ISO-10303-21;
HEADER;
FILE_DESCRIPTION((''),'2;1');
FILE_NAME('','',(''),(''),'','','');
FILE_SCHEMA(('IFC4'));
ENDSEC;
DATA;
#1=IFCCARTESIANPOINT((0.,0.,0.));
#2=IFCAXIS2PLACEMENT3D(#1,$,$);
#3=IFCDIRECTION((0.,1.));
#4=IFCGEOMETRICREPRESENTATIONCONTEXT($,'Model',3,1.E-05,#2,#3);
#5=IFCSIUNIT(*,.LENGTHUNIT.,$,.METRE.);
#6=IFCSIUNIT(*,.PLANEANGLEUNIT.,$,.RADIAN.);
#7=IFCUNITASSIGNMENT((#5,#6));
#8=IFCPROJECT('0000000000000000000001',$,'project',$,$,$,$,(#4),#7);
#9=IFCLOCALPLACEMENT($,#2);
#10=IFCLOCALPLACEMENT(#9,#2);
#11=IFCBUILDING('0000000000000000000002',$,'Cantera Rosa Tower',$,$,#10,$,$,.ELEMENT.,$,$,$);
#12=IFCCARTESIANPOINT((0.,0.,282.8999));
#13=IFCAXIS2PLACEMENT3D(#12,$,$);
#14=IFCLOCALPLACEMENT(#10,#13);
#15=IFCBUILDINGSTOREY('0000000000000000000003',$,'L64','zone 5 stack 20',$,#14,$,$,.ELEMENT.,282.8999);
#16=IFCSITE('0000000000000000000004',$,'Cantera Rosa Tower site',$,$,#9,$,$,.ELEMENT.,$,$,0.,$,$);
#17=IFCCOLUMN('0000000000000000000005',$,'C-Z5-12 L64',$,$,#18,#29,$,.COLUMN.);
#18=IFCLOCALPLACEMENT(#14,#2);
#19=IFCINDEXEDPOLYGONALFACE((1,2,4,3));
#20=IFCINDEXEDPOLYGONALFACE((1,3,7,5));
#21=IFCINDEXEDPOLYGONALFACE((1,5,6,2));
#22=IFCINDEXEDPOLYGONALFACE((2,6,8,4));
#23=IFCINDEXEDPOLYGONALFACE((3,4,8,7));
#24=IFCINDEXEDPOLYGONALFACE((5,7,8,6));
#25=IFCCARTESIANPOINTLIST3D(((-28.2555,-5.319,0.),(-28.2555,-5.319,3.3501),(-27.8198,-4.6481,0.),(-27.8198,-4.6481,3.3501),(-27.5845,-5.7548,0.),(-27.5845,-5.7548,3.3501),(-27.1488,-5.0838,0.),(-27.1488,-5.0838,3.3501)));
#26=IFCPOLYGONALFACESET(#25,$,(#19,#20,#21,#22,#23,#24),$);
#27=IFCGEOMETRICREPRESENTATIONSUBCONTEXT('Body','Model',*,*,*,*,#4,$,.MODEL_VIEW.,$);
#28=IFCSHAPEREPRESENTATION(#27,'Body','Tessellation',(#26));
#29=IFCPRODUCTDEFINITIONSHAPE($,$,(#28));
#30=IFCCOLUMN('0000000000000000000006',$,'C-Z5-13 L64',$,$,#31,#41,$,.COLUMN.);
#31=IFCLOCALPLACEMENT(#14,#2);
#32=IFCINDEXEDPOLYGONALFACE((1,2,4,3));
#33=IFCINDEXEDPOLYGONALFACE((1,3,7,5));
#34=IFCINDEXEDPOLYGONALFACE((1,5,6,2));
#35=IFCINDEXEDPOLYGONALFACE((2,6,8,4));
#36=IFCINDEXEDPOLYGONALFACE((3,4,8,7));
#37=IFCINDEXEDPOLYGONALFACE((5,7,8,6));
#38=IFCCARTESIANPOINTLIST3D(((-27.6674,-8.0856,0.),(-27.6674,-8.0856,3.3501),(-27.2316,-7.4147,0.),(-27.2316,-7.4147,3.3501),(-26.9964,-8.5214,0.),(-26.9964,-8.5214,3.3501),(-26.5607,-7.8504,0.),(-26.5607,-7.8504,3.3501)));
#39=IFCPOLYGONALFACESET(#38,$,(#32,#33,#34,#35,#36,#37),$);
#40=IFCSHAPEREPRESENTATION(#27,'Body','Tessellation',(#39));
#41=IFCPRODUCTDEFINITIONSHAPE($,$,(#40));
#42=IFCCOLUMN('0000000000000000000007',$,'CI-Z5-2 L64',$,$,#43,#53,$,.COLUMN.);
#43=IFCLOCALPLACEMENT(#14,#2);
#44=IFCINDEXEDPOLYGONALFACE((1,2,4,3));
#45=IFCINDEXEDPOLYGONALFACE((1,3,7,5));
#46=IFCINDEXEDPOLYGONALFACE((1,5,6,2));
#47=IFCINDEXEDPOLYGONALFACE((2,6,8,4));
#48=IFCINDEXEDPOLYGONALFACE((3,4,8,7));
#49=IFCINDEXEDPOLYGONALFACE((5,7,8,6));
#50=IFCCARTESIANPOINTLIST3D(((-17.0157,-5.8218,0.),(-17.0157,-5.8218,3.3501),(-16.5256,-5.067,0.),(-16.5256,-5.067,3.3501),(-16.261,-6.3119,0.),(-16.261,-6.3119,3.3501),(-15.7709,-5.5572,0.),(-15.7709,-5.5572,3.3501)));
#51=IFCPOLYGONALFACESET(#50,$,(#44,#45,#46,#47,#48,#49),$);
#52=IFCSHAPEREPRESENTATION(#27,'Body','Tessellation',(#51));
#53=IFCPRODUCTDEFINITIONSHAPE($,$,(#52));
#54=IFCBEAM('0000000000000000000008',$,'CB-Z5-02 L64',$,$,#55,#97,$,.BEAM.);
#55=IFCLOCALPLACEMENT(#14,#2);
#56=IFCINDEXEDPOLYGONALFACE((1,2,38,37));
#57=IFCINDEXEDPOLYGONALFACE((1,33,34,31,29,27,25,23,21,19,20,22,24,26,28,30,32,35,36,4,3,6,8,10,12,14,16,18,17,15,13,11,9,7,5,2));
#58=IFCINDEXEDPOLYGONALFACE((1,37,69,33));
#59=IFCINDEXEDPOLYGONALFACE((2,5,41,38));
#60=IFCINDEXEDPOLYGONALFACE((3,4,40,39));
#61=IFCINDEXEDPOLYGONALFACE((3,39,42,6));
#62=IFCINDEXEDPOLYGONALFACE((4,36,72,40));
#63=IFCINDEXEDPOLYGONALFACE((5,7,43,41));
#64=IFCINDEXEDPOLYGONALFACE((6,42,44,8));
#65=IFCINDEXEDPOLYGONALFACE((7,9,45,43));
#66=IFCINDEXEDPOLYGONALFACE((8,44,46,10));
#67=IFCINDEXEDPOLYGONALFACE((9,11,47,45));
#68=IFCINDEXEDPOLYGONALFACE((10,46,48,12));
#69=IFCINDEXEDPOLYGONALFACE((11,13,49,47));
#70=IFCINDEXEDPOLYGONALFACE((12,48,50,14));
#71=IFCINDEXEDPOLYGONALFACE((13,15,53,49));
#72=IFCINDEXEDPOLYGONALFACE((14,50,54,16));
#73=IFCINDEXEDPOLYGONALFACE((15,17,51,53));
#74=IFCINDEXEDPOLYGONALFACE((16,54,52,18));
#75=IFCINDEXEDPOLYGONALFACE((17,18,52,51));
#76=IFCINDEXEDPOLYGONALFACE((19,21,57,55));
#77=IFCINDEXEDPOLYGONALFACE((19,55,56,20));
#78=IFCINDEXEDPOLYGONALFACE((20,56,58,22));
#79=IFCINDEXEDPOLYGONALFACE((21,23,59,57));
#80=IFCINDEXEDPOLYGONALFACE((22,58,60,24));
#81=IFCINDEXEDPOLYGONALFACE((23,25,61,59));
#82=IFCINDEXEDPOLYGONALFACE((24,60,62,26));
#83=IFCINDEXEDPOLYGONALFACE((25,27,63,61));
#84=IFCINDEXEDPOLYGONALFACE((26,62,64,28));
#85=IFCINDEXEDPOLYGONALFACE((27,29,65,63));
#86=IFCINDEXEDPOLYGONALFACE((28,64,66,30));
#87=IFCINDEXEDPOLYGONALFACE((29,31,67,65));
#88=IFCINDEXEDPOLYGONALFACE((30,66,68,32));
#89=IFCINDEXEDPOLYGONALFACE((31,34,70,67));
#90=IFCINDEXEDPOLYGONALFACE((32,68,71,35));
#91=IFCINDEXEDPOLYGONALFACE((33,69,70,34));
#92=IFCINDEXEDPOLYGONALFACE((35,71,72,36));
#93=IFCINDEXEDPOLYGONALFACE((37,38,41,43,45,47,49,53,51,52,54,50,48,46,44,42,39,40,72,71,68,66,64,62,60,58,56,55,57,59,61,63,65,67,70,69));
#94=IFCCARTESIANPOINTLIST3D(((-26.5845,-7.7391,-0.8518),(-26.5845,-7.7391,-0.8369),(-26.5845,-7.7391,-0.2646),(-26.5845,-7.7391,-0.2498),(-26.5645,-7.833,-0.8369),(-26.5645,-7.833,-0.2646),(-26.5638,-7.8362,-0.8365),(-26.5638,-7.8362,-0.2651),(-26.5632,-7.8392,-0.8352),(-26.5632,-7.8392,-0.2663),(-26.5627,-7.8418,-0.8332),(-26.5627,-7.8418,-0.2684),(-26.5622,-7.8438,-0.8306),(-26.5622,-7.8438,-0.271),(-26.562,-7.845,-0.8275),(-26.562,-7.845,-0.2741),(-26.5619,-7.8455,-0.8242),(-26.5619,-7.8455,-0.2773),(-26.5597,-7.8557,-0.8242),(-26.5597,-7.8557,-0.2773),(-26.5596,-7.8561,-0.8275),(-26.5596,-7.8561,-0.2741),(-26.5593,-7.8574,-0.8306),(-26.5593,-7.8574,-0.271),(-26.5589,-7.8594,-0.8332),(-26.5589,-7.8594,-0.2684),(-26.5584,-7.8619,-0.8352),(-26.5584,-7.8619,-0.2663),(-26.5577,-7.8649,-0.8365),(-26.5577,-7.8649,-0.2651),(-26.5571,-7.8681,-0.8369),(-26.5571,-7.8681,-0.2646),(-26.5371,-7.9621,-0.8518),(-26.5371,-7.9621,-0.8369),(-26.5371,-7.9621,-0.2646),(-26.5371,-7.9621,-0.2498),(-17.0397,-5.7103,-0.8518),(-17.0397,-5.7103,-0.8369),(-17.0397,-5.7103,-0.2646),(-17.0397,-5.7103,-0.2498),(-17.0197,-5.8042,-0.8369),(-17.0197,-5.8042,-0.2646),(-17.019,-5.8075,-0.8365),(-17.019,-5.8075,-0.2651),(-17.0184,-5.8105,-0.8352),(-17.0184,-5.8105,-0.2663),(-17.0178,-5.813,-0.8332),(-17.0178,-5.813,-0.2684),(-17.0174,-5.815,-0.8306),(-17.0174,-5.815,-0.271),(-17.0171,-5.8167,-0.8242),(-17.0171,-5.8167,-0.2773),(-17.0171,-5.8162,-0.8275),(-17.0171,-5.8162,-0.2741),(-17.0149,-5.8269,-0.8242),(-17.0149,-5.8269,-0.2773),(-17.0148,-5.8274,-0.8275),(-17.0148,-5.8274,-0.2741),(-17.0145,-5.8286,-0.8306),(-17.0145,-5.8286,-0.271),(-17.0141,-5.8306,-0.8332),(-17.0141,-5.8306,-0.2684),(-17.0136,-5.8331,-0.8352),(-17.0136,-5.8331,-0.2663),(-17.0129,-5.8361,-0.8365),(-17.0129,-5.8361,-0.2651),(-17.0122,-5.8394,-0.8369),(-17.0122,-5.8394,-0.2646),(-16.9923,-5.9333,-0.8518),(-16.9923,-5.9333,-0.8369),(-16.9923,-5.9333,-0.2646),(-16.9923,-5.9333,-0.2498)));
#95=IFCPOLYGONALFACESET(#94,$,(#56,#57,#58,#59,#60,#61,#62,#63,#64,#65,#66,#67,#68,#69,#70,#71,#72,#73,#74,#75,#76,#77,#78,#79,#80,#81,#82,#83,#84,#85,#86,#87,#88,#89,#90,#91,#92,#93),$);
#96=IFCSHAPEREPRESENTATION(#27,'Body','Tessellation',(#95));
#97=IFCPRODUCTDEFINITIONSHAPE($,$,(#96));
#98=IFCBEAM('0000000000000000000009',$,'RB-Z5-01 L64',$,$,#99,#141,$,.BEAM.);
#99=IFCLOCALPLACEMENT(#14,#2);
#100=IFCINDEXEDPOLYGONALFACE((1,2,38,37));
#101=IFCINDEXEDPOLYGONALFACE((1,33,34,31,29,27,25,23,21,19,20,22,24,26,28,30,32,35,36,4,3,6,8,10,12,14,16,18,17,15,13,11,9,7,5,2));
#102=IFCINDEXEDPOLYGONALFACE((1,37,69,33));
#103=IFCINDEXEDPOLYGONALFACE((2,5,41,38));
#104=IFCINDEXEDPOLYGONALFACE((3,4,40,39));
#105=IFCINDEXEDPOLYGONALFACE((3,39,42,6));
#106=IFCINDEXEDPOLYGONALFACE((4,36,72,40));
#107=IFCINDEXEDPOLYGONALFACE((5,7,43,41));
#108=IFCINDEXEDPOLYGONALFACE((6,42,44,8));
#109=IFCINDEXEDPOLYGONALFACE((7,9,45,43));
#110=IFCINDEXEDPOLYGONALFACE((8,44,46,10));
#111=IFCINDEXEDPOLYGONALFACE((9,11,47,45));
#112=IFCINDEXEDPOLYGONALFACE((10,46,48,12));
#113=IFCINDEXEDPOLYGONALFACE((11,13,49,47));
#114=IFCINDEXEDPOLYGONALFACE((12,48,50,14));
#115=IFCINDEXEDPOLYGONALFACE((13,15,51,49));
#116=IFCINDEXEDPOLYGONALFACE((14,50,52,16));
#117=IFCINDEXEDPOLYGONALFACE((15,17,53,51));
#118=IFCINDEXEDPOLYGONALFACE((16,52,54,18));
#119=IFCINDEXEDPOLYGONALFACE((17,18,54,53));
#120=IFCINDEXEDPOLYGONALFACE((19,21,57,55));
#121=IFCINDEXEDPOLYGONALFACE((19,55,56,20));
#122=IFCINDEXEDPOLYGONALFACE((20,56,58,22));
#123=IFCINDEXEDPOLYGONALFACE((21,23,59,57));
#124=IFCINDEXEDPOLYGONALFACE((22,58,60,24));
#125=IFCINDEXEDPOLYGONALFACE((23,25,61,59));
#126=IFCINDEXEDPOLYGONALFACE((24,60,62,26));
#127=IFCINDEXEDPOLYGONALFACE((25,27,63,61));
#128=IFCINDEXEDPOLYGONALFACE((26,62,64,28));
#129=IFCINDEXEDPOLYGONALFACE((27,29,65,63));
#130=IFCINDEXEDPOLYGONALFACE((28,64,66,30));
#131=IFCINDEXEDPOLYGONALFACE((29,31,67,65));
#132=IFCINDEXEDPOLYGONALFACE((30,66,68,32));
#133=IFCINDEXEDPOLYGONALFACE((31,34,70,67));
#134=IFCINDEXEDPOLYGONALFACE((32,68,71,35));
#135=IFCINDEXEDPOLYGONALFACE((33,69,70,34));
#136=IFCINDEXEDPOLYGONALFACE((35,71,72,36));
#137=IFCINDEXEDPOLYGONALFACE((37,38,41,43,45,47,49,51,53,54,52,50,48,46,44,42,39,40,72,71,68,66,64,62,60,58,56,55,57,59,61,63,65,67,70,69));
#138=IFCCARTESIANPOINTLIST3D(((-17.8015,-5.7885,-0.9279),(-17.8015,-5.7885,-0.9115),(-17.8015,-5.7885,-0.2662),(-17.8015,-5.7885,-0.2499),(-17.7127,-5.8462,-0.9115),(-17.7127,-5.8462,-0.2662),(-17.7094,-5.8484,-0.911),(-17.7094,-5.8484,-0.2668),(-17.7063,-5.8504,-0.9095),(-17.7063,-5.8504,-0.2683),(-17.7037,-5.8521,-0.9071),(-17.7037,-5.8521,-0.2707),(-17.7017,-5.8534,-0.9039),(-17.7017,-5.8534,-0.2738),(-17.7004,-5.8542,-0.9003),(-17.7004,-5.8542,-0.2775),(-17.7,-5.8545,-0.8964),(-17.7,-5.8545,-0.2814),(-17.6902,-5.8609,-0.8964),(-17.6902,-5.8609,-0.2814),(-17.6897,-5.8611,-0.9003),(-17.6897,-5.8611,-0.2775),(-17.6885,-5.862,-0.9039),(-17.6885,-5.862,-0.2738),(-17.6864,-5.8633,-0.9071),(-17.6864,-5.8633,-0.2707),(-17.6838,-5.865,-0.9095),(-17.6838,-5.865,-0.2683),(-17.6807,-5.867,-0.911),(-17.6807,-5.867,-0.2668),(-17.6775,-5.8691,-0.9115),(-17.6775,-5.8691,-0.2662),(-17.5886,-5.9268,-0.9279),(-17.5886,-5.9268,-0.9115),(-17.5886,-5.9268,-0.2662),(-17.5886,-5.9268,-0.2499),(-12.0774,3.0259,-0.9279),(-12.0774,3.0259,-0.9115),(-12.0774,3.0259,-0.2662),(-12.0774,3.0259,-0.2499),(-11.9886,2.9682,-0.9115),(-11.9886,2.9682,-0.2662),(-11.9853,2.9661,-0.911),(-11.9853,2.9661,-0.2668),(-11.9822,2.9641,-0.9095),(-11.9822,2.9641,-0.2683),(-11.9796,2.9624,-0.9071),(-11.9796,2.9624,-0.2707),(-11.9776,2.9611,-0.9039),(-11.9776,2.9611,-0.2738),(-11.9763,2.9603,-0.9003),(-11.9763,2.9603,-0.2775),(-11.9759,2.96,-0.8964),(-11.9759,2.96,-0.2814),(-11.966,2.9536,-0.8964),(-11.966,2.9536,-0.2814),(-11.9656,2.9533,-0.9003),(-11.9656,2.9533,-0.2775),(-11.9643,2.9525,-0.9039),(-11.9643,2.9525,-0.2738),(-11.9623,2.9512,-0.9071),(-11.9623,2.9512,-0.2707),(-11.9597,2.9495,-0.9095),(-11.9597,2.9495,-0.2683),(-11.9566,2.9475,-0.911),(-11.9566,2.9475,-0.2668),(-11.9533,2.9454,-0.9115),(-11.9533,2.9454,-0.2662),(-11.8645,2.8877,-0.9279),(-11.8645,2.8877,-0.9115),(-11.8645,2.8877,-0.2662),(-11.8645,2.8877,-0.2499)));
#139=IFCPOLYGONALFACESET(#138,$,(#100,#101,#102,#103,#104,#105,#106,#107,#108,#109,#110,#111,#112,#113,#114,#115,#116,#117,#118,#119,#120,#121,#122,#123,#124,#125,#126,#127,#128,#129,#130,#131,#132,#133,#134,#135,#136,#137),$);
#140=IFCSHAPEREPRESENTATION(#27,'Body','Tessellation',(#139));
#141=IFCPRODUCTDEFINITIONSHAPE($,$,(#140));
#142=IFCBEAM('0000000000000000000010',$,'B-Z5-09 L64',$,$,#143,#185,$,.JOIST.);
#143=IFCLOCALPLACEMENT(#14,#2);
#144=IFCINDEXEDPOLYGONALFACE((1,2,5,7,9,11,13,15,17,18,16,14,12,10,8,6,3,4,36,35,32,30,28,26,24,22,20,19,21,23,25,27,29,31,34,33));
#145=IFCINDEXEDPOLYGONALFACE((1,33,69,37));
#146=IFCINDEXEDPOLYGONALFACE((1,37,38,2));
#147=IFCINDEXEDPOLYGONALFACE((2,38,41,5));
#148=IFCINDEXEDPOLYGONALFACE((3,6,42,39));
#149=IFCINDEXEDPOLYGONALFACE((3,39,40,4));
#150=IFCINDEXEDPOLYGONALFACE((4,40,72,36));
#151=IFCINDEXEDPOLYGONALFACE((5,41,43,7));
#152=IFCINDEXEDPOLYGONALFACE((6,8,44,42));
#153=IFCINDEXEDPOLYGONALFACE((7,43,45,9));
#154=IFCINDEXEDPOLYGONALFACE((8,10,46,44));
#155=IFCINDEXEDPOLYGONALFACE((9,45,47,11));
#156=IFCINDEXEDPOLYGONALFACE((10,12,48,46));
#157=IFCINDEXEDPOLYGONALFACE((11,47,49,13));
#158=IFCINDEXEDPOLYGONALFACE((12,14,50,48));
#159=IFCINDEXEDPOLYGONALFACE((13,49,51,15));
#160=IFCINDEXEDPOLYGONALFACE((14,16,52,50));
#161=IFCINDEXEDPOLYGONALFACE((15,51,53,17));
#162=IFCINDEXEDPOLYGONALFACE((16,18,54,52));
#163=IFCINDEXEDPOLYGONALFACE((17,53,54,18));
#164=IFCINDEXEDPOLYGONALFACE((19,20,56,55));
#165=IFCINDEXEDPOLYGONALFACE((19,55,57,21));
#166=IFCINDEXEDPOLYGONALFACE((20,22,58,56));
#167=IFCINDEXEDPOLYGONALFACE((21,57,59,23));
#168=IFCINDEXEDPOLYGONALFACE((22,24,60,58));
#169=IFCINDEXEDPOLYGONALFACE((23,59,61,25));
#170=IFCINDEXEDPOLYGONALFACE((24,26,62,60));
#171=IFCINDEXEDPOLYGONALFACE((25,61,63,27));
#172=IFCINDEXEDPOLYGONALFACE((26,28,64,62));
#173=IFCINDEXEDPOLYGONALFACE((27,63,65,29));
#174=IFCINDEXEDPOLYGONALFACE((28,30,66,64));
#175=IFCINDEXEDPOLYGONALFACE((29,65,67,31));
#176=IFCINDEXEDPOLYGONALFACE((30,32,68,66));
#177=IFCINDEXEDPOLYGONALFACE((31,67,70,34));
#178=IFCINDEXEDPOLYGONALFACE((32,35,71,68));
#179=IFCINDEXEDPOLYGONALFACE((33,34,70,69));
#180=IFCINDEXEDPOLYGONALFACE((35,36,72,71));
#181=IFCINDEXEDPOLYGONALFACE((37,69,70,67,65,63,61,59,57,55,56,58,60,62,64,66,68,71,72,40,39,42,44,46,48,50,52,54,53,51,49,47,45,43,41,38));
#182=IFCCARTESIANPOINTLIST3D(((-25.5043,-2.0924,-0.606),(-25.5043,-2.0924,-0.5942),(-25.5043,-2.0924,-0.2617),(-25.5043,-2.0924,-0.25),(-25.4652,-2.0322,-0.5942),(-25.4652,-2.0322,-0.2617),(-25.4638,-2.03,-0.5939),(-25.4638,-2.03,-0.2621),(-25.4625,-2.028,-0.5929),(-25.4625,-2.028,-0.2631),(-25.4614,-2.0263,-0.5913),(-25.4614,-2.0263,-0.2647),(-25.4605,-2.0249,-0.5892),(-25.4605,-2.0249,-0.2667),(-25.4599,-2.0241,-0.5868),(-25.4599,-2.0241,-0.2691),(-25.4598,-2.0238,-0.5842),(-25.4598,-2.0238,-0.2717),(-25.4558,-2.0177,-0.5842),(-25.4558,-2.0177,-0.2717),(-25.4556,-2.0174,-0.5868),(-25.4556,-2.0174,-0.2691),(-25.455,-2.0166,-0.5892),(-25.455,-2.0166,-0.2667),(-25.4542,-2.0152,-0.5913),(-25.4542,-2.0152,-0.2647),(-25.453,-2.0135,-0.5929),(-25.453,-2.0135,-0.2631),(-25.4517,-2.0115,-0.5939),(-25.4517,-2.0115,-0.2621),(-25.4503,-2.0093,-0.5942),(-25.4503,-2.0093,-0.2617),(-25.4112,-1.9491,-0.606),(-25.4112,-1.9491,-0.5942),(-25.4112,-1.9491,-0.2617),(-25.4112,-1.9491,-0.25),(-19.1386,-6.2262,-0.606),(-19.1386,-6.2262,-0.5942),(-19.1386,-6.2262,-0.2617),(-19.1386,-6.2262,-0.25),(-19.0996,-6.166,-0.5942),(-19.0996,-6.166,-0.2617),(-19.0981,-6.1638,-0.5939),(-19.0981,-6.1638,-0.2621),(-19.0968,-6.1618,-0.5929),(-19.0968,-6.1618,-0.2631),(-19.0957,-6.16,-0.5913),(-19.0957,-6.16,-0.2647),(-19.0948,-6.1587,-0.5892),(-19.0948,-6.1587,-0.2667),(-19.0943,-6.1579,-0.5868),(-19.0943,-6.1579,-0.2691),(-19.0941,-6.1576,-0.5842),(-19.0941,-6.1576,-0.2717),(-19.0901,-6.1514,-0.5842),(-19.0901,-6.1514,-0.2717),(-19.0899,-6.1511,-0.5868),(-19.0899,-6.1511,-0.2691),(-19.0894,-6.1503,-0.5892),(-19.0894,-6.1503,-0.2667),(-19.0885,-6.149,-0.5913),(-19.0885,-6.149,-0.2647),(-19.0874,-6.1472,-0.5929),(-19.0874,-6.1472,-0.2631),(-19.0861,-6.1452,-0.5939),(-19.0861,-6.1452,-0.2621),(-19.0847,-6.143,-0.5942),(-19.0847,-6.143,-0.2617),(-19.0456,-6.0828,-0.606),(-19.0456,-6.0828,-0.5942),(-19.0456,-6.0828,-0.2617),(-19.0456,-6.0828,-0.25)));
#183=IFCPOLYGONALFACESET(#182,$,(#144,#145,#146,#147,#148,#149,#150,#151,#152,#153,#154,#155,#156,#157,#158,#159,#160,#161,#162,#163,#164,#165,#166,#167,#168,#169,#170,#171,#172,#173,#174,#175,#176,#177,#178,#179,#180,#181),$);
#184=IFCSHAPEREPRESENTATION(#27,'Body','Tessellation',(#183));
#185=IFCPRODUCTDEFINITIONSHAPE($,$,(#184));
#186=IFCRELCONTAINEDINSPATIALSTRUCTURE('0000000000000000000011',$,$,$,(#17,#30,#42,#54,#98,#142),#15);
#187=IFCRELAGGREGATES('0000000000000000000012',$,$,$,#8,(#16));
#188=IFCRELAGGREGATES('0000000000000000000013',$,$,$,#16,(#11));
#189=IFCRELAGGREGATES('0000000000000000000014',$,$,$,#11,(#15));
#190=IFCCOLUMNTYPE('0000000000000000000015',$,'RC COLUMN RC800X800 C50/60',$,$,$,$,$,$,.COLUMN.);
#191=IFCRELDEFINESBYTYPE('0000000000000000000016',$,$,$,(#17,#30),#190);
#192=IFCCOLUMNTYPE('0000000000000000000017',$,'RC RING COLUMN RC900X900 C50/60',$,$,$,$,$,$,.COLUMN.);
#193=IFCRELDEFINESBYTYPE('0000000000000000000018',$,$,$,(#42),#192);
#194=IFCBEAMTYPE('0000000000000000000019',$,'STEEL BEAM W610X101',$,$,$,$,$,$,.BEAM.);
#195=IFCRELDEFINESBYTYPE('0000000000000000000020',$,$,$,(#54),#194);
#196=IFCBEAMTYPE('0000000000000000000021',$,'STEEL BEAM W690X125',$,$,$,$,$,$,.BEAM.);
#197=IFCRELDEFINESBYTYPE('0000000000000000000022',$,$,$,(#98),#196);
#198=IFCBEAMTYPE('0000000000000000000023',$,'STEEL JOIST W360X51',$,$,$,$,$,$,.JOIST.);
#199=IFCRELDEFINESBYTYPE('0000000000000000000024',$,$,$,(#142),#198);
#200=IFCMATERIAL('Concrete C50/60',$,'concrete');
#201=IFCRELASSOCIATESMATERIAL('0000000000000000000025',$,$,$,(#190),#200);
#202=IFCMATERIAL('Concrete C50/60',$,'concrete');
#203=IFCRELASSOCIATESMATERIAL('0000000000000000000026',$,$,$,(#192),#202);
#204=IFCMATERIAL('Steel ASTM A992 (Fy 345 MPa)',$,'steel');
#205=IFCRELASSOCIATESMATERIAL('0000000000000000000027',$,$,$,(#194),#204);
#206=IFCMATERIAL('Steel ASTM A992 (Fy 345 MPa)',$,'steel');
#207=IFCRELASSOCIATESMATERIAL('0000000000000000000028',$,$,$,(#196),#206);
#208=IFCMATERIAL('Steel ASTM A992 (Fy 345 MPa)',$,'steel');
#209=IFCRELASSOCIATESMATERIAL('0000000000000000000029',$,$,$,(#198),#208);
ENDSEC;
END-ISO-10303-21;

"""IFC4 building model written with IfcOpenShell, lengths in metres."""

from ifc_helpers import new_model, si_unit, direction, frame, origin, origin_2d, place, context, subcontext, project, spatial, rectangle, i_section, extrude, material, material_profile, profile_set, type_object, element, save


model = new_model("IFC4")

# Units and contexts
model_context = context("Model", 3, precision=1e-05, world=origin(), true_north=direction((0.0, 1.0)))
body_context = subcontext(model_context, "Body", "Model", "MODEL_VIEW")
ifc_project = project(units=[si_unit("LENGTHUNIT", "METRE"), si_unit("PLANEANGLEUNIT", "RADIAN")], contexts=[model_context])

# Site, building, storey
site_placement = place(None, origin())
site = spatial("IfcSite", under=ifc_project, at=site_placement, Name="Cantera Rosa Tower site", CompositionType="ELEMENT", RefElevation=0.0)
building_placement = place(site_placement, origin())
building = spatial("IfcBuilding", under=site, at=building_placement, Name="Cantera Rosa Tower", CompositionType="ELEMENT")
storey_placement = place(building_placement, frame((0.0, 0.0, 282.8999)))
storey = spatial("IfcBuildingStorey", under=building, at=storey_placement, Name="L64", Description="zone 5 stack 20", CompositionType="ELEMENT", Elevation=282.8999)

# Columns
ifc_material_1 = material(Name="Concrete C50/60", Category="concrete")
ifc_material_profile_1 = material_profile(ifc_material_1, rectangle(XDim=0.8, YDim=0.8, at=origin_2d()), Name="RC COLUMN RC800X800 C50/60")
ifc_profile_set_1 = profile_set([ifc_material_profile_1], Name="Concrete C50/60")
column_type_1 = type_object("IfcColumnType", Name="RC COLUMN RC800X800 C50/60", PredefinedType="COLUMN", material=ifc_profile_set_1)
for number, where, z_axis, x_axis, name in (
    (1, (-27.7021, -5.2014, 0.0), (0.0, 0.0, 1.0), (0.544639, 0.838671, 0.0), "C-Z5-12 L64"),
    (2, (-27.114, -7.968, 0.0), (0.0, 0.0, 1.0), (0.544639, 0.838671, 0.0), "C-Z5-13 L64"),
):
    element("IfcColumn", number, at=place(storey_placement, frame(where, z_axis=z_axis, x_axis=x_axis)), inside=storey, type_object=column_type_1, Name=name, PredefinedType="COLUMN", context=body_context, shape_type="SweptSolid", body=[
        extrude(rectangle(XDim=0.8, YDim=0.8, at=origin_2d()), origin(), (0.0, 0.0, 1.0), 3.3501),
    ])
ifc_material_2 = material(Name="Concrete C50/60", Category="concrete")
ifc_material_profile_2 = material_profile(ifc_material_2, rectangle(XDim=0.8999, YDim=0.8999, at=origin_2d()), Name="RC RING COLUMN RC900X900 C50/60")
ifc_profile_set_2 = profile_set([ifc_material_profile_2], Name="Concrete C50/60")
column_type_2 = type_object("IfcColumnType", Name="RC RING COLUMN RC900X900 C50/60", PredefinedType="COLUMN", material=ifc_profile_set_2)
column_placement = place(storey_placement, frame((-16.3933, -5.6895, 0.0), z_axis=(0.0, 0.0, 1.0), x_axis=(0.544639, 0.838671, 0.0)))
element("IfcColumn", 3, at=column_placement, inside=storey, type_object=column_type_2, Name="CI-Z5-2 L64", PredefinedType="COLUMN", context=body_context, shape_type="SweptSolid", body=[
    extrude(rectangle(XDim=0.8999, YDim=0.8999, at=origin_2d()), origin(), (0.0, 0.0, 1.0), 3.3501),
])

# Beams
ifc_material_3 = material(Name="Steel ASTM A992 (Fy 345 MPa)", Category="steel")
ifc_material_profile_3 = material_profile(ifc_material_3, i_section(OverallWidth=0.228, OverallDepth=0.6021, WebThickness=0.0105, FlangeThickness=0.0149, FilletRadius=0.0127, at=origin_2d()), Name="W610X101")
ifc_profile_set_3 = profile_set([ifc_material_profile_3], Name="Steel ASTM A992 (Fy 345 MPa)")
beam_type_1 = type_object("IfcBeamType", Name="STEEL BEAM W610X101", PredefinedType="BEAM", material=ifc_profile_set_3)
beam_1_placement = place(storey_placement, frame((-26.5608, -7.8506, -0.5508), z_axis=(0.978148, 0.207909, 0.0), x_axis=(-0.207909, 0.978148, 0.0)))
element("IfcBeam", 4, at=beam_1_placement, inside=storey, type_object=beam_type_1, Name="CB-Z5-02 L64", PredefinedType="BEAM", context=body_context, shape_type="SweptSolid", body=[
    extrude(i_section(OverallWidth=0.228, OverallDepth=0.6021, WebThickness=0.0105, FlangeThickness=0.0149, FilletRadius=0.0127, at=origin_2d()), origin(), (0.0, 0.0, 1.0), 9.7581),
])
ifc_material_4 = material(Name="Steel ASTM A992 (Fy 345 MPa)", Category="steel")
ifc_material_profile_4 = material_profile(ifc_material_4, i_section(OverallWidth=0.2539, OverallDepth=0.678, WebThickness=0.0117, FlangeThickness=0.0164, FilletRadius=0.0151, at=origin_2d()), Name="W690X125")
ifc_profile_set_4 = profile_set([ifc_material_profile_4], Name="Steel ASTM A992 (Fy 345 MPa)")
beam_type_2 = type_object("IfcBeamType", Name="STEEL BEAM W690X125", PredefinedType="BEAM", material=ifc_profile_set_4)
beam_2_placement = place(storey_placement, frame((-17.6951, -5.8577, -0.5889), z_axis=(0.544636, 0.838673, 0.0), x_axis=(-0.838673, 0.544636, 0.0)))
element("IfcBeam", 5, at=beam_2_placement, inside=storey, type_object=beam_type_2, Name="RB-Z5-01 L64", PredefinedType="BEAM", context=body_context, shape_type="SweptSolid", body=[
    extrude(i_section(OverallWidth=0.2539, OverallDepth=0.678, WebThickness=0.0117, FlangeThickness=0.0164, FilletRadius=0.0151, at=origin_2d()), origin(), (0.0, 0.0, 1.0), 10.51),
])
ifc_material_5 = material(Name="Steel ASTM A992 (Fy 345 MPa)", Category="steel")
ifc_material_profile_5 = material_profile(ifc_material_5, i_section(OverallWidth=0.1709, OverallDepth=0.356, WebThickness=0.0073, FlangeThickness=0.0117, FilletRadius=0.01, at=origin_2d()), Name="W360X51")
ifc_profile_set_5 = profile_set([ifc_material_profile_5], Name="Steel ASTM A992 (Fy 345 MPa)")
beam_type_3 = type_object("IfcBeamType", Name="STEEL JOIST W360X51", PredefinedType="JOIST", material=ifc_profile_set_5)
beam_3_placement = place(storey_placement, frame((-25.4578, -2.0208, -0.428), z_axis=(0.83868, -0.544624, 0.0), x_axis=(0.544624, 0.83868, 0.0)))
element("IfcBeam", 6, at=beam_3_placement, inside=storey, type_object=beam_type_3, Name="B-Z5-09 L64", PredefinedType="JOIST", context=body_context, shape_type="SweptSolid", body=[
    extrude(i_section(OverallWidth=0.1709, OverallDepth=0.356, WebThickness=0.0073, FlangeThickness=0.0117, FilletRadius=0.01, at=origin_2d()), origin(), (0.0, 0.0, 1.0), 7.5901),
])

save(model, "model.ifc")
